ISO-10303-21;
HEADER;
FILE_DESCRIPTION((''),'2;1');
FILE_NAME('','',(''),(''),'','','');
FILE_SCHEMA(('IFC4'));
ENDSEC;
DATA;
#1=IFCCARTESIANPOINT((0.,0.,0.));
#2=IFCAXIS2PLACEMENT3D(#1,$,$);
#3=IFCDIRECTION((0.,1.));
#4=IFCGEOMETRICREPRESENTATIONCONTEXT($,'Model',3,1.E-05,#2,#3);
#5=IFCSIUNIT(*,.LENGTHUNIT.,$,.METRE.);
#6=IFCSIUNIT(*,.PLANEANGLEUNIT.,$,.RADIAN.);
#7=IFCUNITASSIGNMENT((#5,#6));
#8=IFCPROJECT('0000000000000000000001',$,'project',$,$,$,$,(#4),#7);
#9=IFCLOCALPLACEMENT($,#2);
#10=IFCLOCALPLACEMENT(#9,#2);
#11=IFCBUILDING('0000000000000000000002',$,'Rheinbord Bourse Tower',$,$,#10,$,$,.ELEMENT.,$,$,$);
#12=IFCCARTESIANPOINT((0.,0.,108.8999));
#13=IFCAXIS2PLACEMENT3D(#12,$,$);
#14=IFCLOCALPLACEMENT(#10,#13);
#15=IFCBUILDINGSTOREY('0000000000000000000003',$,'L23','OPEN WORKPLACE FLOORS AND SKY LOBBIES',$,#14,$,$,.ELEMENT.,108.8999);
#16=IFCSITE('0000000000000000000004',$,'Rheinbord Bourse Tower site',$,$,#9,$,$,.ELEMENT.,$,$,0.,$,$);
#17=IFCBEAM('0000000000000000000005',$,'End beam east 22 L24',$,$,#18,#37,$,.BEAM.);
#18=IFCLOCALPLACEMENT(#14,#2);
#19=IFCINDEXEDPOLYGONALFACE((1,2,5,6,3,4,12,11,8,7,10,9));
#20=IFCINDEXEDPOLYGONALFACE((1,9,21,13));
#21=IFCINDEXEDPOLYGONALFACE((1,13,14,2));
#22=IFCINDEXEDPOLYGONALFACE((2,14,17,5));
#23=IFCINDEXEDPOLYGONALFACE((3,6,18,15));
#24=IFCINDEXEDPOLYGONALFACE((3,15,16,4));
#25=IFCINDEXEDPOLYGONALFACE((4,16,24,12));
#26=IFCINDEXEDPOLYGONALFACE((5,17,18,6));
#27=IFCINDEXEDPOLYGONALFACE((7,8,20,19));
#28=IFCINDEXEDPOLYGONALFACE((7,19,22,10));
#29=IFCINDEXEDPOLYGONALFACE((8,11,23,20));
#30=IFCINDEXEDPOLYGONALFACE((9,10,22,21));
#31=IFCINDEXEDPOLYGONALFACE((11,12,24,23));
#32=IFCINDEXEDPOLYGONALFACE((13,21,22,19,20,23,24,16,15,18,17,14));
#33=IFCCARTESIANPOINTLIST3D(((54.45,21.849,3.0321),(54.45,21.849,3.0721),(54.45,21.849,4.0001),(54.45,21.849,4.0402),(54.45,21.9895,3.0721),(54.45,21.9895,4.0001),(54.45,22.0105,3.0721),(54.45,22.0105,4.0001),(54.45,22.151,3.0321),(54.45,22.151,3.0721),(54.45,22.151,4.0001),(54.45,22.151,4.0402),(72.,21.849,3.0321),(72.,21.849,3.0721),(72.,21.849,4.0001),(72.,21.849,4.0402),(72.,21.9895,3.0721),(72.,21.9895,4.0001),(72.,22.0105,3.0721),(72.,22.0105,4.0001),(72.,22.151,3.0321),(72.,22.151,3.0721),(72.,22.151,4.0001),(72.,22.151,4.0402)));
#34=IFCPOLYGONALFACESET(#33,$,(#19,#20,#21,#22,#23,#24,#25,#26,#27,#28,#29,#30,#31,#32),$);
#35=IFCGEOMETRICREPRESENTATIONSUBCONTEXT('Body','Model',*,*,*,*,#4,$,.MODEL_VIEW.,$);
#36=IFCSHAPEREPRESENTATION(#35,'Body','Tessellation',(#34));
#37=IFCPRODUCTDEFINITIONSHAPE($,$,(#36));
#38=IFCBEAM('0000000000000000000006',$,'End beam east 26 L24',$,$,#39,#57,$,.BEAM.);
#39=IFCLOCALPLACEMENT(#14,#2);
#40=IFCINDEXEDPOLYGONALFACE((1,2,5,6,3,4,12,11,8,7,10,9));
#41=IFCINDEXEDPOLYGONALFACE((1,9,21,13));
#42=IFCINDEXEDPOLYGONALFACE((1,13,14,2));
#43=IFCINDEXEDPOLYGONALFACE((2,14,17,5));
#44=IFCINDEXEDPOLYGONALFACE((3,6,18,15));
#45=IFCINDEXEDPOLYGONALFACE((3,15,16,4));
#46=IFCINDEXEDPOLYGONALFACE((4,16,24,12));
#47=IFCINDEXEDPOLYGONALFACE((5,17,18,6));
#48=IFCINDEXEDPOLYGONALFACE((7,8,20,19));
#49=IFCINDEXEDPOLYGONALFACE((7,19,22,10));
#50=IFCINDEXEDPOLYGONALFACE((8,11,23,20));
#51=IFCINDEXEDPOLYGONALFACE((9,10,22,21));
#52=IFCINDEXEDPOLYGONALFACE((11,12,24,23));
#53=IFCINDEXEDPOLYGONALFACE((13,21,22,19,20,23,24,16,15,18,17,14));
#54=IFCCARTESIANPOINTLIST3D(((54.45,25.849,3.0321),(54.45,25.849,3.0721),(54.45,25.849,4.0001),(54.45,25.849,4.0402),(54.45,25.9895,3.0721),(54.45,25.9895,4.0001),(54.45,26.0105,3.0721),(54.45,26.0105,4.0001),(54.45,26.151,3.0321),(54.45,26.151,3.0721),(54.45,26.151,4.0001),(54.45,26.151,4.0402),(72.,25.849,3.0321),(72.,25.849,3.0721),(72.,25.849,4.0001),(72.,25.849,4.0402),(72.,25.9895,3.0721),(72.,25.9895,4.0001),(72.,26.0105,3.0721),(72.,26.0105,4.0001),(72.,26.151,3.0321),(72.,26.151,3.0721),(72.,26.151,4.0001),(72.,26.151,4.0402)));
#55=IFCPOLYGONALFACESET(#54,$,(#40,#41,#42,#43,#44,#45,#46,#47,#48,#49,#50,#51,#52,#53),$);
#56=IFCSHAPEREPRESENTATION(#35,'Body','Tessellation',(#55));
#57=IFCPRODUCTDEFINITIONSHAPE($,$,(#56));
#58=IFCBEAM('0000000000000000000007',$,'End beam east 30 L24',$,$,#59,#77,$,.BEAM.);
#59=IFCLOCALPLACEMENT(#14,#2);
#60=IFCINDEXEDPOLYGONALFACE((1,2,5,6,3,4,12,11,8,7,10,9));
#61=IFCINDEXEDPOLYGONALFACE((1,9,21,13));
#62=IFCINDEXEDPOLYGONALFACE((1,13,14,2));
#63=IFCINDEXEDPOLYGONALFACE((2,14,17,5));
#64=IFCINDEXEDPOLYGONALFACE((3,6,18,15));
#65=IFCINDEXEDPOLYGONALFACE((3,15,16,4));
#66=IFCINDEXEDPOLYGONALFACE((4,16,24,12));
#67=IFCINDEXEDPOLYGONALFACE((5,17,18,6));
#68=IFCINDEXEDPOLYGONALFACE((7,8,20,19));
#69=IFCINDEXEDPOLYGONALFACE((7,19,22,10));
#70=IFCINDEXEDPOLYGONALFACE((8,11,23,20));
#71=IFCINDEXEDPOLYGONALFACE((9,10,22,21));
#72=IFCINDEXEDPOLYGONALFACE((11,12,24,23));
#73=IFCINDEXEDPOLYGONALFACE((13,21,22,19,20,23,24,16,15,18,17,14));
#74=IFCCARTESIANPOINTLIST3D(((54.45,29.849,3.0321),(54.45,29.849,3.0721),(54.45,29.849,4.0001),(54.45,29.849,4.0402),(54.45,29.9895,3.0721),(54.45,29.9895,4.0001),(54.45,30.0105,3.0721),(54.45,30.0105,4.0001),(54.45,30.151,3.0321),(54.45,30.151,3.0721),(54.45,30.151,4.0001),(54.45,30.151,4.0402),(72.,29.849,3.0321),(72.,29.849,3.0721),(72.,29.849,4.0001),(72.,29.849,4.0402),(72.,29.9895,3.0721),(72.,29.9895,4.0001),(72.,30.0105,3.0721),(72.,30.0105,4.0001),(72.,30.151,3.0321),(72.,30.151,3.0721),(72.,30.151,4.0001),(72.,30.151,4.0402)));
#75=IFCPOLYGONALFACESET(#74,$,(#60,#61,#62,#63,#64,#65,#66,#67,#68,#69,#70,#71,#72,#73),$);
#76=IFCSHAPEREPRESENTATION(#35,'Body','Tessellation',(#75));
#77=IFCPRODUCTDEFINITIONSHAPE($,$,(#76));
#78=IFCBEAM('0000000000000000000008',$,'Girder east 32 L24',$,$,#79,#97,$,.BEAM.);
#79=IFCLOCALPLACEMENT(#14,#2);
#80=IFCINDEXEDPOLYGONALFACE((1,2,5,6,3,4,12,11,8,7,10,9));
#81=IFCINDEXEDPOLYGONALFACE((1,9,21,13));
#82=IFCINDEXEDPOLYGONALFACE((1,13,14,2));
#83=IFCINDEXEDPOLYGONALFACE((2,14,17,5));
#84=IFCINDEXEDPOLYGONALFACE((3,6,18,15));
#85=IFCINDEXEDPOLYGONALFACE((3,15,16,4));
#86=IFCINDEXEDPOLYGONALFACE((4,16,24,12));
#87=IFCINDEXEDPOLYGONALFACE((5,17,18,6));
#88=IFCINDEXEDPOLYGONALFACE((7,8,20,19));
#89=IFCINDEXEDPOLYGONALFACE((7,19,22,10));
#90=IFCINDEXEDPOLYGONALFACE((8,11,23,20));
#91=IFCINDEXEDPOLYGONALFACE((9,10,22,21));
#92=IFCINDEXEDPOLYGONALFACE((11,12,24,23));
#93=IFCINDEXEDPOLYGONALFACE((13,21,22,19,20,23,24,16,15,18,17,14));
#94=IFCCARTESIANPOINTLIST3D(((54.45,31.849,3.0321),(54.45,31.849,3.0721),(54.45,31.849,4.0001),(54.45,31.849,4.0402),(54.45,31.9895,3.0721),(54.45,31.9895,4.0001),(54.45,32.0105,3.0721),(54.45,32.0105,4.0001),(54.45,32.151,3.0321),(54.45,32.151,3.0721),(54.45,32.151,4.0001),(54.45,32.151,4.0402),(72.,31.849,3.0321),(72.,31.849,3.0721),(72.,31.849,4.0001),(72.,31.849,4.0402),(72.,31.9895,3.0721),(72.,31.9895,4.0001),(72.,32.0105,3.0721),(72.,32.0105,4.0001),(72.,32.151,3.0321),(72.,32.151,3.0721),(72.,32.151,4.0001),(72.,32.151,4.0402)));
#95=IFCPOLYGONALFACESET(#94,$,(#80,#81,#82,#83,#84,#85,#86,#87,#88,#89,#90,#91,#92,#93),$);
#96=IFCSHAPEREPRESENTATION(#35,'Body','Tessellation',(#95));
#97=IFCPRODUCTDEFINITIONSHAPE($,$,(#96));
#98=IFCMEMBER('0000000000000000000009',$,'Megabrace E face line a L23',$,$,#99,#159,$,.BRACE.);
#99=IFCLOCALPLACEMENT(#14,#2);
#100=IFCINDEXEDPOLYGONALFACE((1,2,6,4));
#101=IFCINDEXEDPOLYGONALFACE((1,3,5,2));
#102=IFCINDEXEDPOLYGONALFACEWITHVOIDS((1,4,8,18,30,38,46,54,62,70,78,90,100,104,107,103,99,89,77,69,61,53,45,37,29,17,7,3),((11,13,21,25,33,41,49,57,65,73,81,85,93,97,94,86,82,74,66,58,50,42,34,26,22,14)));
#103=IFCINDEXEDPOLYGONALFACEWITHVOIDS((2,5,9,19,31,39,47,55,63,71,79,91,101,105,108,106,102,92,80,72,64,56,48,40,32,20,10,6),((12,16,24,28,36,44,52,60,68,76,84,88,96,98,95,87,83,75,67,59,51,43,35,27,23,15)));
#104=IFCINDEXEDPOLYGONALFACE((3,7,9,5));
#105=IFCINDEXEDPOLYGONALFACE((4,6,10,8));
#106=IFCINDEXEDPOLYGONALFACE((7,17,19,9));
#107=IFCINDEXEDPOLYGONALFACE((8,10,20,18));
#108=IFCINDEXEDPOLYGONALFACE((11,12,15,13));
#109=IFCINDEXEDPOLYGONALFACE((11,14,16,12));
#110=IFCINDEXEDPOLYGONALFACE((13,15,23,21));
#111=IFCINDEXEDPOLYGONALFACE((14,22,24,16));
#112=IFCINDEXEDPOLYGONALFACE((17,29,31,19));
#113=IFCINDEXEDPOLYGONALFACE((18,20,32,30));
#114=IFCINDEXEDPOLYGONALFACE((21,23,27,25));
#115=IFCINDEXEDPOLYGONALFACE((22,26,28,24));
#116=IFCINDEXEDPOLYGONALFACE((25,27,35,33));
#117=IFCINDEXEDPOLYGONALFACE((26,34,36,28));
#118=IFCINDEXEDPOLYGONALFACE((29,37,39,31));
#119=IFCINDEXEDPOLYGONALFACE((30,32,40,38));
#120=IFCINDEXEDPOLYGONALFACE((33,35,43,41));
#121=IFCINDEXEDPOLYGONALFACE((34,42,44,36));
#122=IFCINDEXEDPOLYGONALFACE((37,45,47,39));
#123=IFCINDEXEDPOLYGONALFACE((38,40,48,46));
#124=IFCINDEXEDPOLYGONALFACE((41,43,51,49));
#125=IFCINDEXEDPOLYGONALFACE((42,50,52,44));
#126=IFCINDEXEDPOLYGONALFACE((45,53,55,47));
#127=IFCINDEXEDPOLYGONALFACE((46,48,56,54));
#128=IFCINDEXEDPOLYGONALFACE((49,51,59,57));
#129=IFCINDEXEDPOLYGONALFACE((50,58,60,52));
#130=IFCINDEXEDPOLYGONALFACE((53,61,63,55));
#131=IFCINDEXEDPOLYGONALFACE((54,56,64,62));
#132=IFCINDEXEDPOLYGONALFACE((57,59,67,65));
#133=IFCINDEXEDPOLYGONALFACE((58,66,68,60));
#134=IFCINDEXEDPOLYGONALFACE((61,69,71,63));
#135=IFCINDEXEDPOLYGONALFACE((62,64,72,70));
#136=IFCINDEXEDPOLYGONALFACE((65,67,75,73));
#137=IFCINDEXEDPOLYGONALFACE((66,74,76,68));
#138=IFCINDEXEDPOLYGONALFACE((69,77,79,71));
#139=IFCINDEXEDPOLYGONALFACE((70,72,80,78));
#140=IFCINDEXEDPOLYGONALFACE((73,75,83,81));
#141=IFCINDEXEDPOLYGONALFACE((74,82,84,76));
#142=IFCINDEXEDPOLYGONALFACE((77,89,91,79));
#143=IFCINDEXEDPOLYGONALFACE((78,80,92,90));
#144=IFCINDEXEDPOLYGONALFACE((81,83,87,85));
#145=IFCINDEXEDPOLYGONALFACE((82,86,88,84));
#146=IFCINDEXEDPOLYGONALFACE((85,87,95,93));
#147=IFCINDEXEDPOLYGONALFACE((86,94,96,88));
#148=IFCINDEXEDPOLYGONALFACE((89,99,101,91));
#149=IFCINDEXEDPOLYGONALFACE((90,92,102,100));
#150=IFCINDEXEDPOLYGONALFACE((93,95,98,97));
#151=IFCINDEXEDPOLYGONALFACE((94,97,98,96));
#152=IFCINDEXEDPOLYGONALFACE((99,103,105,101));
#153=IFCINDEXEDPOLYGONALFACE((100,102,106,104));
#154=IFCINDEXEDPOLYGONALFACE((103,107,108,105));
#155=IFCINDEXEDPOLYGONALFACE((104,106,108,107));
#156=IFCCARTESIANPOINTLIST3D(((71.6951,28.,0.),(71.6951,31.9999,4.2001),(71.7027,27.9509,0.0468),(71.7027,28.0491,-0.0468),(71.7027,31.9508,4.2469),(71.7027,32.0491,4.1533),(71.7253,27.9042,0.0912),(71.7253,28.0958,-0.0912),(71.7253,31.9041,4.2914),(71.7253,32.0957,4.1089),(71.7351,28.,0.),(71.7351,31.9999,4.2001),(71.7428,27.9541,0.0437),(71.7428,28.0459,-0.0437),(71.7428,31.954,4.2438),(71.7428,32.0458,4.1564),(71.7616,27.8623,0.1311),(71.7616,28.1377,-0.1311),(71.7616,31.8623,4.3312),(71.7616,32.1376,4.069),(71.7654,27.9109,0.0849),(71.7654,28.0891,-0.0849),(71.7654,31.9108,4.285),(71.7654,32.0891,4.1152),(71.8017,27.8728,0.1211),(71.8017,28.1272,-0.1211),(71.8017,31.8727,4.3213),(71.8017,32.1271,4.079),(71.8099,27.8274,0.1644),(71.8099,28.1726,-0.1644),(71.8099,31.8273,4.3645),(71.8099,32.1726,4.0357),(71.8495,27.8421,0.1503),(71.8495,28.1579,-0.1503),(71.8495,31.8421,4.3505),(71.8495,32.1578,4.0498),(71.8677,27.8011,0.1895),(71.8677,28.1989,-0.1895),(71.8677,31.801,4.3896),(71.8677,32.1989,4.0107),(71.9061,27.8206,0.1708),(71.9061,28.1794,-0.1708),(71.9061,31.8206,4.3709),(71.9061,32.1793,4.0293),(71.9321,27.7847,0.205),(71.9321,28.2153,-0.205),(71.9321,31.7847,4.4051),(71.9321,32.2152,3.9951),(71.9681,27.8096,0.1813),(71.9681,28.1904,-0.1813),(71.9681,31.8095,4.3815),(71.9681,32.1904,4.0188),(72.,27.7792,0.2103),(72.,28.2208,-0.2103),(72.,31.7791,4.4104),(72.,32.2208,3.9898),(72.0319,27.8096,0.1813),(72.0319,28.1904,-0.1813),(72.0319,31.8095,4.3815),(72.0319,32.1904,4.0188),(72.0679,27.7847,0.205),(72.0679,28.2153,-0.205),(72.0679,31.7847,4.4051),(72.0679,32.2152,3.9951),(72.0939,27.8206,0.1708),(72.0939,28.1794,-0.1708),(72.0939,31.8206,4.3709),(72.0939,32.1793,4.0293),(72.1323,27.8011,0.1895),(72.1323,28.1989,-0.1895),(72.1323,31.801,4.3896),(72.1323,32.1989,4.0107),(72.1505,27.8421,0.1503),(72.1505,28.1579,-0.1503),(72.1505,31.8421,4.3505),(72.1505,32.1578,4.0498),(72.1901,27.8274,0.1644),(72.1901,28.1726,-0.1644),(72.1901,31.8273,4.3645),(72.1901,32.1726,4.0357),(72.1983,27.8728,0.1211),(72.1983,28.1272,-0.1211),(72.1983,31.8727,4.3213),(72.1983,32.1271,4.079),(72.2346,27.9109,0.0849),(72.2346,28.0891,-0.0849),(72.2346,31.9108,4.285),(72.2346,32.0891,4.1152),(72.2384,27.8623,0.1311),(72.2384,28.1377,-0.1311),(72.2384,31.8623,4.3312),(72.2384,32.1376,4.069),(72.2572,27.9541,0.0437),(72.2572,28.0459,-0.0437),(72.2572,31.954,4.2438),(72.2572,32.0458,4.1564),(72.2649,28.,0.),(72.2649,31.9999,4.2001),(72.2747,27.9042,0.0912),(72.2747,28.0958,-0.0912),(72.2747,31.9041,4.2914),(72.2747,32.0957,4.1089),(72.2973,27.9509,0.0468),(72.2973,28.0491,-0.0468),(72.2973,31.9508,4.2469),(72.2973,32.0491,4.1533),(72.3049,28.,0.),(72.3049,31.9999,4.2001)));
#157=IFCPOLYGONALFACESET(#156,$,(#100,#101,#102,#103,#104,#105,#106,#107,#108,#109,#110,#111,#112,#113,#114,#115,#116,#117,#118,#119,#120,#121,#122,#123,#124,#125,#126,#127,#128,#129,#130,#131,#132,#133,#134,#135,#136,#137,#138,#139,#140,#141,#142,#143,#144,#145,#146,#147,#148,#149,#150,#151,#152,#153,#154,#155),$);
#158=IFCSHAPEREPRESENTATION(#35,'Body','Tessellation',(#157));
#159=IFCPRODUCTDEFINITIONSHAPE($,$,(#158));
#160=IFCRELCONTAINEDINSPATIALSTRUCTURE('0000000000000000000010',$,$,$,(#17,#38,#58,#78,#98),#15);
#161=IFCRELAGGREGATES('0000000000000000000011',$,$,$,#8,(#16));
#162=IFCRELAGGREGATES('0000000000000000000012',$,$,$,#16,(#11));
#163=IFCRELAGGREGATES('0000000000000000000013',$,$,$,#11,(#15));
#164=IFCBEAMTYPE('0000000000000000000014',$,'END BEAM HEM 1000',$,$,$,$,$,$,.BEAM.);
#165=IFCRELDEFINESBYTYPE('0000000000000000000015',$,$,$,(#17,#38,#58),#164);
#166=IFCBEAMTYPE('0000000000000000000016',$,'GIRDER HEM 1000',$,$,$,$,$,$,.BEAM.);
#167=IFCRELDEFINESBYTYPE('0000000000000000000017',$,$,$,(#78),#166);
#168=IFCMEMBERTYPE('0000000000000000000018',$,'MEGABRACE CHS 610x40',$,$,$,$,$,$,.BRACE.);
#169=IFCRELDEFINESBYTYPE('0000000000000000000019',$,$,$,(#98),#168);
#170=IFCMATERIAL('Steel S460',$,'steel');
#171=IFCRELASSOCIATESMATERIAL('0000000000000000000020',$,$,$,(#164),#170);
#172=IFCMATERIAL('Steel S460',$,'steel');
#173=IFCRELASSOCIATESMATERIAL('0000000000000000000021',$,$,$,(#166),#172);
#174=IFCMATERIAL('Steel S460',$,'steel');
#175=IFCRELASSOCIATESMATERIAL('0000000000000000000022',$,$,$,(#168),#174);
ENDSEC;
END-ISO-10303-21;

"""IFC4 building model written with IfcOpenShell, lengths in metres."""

from ifc_helpers import new_model, si_unit, direction, frame, origin, origin_2d, place, context, subcontext, project, spatial, hollow_circle, i_section, extrude, material, material_profile, profile_set, type_object, element, save


model = new_model("IFC4")

# Units and contexts
model_context = context("Model", 3, precision=1e-05, world=origin(), true_north=direction((0.0, 1.0)))
body_context = subcontext(model_context, "Body", "Model", "MODEL_VIEW")
ifc_project = project(units=[si_unit("LENGTHUNIT", "METRE"), si_unit("PLANEANGLEUNIT", "RADIAN")], contexts=[model_context])

# Site, building, storey
site_placement = place(None, origin())
site = spatial("IfcSite", under=ifc_project, at=site_placement, Name="Rheinbord Bourse Tower site", CompositionType="ELEMENT", RefElevation=0.0)
building_placement = place(site_placement, origin())
building = spatial("IfcBuilding", under=site, at=building_placement, Name="Rheinbord Bourse Tower", CompositionType="ELEMENT")
storey_placement = place(building_placement, frame((0.0, 0.0, 108.8999)))
storey = spatial("IfcBuildingStorey", under=building, at=storey_placement, Name="L23", Description="OPEN WORKPLACE FLOORS AND SKY LOBBIES", CompositionType="ELEMENT", Elevation=108.8999)

# Beams
ifc_material_1 = material(Name="Steel S460", Category="steel")
ifc_material_profile_1 = material_profile(ifc_material_1, i_section(OverallWidth=0.302, OverallDepth=1.0081, WebThickness=0.021, FlangeThickness=0.04, at=origin_2d()), Name="HEM 1000")
ifc_profile_set_1 = profile_set([ifc_material_profile_1], Name="Steel S460")
beam_type_1 = type_object("IfcBeamType", Name="END BEAM HEM 1000", PredefinedType="BEAM", material=ifc_profile_set_1)
for number, where, z_axis, x_axis, name in (
    (1, (54.45, 22.0, 3.5361), (1.0, 0.0, 0.0), (0.0, 1.0, 0.0), "End beam east 22 L24"),
    (2, (54.45, 26.0, 3.5361), (1.0, 0.0, 0.0), (0.0, 1.0, 0.0), "End beam east 26 L24"),
    (3, (54.45, 30.0, 3.5361), (1.0, 0.0, 0.0), (0.0, 1.0, 0.0), "End beam east 30 L24"),
):
    element("IfcBeam", number, at=place(storey_placement, frame(where, z_axis=z_axis, x_axis=x_axis)), inside=storey, type_object=beam_type_1, Name=name, PredefinedType="BEAM", context=body_context, shape_type="SweptSolid", body=[
        extrude(i_section(OverallWidth=0.302, OverallDepth=1.0081, WebThickness=0.021, FlangeThickness=0.04, at=origin_2d()), origin(), (0.0, 0.0, 1.0), 17.55),
    ])
ifc_material_2 = material(Name="Steel S460", Category="steel")
ifc_material_profile_2 = material_profile(ifc_material_2, i_section(OverallWidth=0.302, OverallDepth=1.0081, WebThickness=0.021, FlangeThickness=0.04, at=origin_2d()), Name="HEM 1000")
ifc_profile_set_2 = profile_set([ifc_material_profile_2], Name="Steel S460")
beam_type_2 = type_object("IfcBeamType", Name="GIRDER HEM 1000", PredefinedType="BEAM", material=ifc_profile_set_2)
beam_1_placement = place(storey_placement, frame((54.45, 32.0, 3.5361), z_axis=(1.0, 0.0, 0.0), x_axis=(0.0, 1.0, 0.0)))
element("IfcBeam", 4, at=beam_1_placement, inside=storey, type_object=beam_type_2, Name="Girder east 32 L24", PredefinedType="BEAM", context=body_context, shape_type="SweptSolid", body=[
    extrude(i_section(OverallWidth=0.302, OverallDepth=1.0081, WebThickness=0.021, FlangeThickness=0.04, at=origin_2d()), origin(), (0.0, 0.0, 1.0), 17.55),
])

# Member
ifc_material_3 = material(Name="Steel S460", Category="steel")
ifc_material_profile_3 = material_profile(ifc_material_3, hollow_circle(Radius=0.3049, WallThickness=0.04, at=origin_2d()), Name="CHS 610x40")
ifc_profile_set_3 = profile_set([ifc_material_profile_3], Name="Steel S460")
member_type_1 = type_object("IfcMemberType", Name="MEGABRACE CHS 610x40", PredefinedType="BRACE", material=ifc_profile_set_3)
for number, where, z_axis, x_axis, name in (
    (5, (72.0, 28.0, 0.0), (0.0, 0.689638, 0.724154), (-1.0, 0.0, 0.0), "Megabrace E face line a L23"),
):
    element("IfcMember", number, at=place(storey_placement, frame(where, z_axis=z_axis, x_axis=x_axis)), inside=storey, type_object=member_type_1, Name=name, PredefinedType="BRACE", context=body_context, shape_type="SweptSolid", body=[
        extrude(hollow_circle(Radius=0.3049, WallThickness=0.04, at=origin_2d()), origin(), (0.0, 0.0, 1.0), 5.8),
    ])

save(model, "model.ifc")
